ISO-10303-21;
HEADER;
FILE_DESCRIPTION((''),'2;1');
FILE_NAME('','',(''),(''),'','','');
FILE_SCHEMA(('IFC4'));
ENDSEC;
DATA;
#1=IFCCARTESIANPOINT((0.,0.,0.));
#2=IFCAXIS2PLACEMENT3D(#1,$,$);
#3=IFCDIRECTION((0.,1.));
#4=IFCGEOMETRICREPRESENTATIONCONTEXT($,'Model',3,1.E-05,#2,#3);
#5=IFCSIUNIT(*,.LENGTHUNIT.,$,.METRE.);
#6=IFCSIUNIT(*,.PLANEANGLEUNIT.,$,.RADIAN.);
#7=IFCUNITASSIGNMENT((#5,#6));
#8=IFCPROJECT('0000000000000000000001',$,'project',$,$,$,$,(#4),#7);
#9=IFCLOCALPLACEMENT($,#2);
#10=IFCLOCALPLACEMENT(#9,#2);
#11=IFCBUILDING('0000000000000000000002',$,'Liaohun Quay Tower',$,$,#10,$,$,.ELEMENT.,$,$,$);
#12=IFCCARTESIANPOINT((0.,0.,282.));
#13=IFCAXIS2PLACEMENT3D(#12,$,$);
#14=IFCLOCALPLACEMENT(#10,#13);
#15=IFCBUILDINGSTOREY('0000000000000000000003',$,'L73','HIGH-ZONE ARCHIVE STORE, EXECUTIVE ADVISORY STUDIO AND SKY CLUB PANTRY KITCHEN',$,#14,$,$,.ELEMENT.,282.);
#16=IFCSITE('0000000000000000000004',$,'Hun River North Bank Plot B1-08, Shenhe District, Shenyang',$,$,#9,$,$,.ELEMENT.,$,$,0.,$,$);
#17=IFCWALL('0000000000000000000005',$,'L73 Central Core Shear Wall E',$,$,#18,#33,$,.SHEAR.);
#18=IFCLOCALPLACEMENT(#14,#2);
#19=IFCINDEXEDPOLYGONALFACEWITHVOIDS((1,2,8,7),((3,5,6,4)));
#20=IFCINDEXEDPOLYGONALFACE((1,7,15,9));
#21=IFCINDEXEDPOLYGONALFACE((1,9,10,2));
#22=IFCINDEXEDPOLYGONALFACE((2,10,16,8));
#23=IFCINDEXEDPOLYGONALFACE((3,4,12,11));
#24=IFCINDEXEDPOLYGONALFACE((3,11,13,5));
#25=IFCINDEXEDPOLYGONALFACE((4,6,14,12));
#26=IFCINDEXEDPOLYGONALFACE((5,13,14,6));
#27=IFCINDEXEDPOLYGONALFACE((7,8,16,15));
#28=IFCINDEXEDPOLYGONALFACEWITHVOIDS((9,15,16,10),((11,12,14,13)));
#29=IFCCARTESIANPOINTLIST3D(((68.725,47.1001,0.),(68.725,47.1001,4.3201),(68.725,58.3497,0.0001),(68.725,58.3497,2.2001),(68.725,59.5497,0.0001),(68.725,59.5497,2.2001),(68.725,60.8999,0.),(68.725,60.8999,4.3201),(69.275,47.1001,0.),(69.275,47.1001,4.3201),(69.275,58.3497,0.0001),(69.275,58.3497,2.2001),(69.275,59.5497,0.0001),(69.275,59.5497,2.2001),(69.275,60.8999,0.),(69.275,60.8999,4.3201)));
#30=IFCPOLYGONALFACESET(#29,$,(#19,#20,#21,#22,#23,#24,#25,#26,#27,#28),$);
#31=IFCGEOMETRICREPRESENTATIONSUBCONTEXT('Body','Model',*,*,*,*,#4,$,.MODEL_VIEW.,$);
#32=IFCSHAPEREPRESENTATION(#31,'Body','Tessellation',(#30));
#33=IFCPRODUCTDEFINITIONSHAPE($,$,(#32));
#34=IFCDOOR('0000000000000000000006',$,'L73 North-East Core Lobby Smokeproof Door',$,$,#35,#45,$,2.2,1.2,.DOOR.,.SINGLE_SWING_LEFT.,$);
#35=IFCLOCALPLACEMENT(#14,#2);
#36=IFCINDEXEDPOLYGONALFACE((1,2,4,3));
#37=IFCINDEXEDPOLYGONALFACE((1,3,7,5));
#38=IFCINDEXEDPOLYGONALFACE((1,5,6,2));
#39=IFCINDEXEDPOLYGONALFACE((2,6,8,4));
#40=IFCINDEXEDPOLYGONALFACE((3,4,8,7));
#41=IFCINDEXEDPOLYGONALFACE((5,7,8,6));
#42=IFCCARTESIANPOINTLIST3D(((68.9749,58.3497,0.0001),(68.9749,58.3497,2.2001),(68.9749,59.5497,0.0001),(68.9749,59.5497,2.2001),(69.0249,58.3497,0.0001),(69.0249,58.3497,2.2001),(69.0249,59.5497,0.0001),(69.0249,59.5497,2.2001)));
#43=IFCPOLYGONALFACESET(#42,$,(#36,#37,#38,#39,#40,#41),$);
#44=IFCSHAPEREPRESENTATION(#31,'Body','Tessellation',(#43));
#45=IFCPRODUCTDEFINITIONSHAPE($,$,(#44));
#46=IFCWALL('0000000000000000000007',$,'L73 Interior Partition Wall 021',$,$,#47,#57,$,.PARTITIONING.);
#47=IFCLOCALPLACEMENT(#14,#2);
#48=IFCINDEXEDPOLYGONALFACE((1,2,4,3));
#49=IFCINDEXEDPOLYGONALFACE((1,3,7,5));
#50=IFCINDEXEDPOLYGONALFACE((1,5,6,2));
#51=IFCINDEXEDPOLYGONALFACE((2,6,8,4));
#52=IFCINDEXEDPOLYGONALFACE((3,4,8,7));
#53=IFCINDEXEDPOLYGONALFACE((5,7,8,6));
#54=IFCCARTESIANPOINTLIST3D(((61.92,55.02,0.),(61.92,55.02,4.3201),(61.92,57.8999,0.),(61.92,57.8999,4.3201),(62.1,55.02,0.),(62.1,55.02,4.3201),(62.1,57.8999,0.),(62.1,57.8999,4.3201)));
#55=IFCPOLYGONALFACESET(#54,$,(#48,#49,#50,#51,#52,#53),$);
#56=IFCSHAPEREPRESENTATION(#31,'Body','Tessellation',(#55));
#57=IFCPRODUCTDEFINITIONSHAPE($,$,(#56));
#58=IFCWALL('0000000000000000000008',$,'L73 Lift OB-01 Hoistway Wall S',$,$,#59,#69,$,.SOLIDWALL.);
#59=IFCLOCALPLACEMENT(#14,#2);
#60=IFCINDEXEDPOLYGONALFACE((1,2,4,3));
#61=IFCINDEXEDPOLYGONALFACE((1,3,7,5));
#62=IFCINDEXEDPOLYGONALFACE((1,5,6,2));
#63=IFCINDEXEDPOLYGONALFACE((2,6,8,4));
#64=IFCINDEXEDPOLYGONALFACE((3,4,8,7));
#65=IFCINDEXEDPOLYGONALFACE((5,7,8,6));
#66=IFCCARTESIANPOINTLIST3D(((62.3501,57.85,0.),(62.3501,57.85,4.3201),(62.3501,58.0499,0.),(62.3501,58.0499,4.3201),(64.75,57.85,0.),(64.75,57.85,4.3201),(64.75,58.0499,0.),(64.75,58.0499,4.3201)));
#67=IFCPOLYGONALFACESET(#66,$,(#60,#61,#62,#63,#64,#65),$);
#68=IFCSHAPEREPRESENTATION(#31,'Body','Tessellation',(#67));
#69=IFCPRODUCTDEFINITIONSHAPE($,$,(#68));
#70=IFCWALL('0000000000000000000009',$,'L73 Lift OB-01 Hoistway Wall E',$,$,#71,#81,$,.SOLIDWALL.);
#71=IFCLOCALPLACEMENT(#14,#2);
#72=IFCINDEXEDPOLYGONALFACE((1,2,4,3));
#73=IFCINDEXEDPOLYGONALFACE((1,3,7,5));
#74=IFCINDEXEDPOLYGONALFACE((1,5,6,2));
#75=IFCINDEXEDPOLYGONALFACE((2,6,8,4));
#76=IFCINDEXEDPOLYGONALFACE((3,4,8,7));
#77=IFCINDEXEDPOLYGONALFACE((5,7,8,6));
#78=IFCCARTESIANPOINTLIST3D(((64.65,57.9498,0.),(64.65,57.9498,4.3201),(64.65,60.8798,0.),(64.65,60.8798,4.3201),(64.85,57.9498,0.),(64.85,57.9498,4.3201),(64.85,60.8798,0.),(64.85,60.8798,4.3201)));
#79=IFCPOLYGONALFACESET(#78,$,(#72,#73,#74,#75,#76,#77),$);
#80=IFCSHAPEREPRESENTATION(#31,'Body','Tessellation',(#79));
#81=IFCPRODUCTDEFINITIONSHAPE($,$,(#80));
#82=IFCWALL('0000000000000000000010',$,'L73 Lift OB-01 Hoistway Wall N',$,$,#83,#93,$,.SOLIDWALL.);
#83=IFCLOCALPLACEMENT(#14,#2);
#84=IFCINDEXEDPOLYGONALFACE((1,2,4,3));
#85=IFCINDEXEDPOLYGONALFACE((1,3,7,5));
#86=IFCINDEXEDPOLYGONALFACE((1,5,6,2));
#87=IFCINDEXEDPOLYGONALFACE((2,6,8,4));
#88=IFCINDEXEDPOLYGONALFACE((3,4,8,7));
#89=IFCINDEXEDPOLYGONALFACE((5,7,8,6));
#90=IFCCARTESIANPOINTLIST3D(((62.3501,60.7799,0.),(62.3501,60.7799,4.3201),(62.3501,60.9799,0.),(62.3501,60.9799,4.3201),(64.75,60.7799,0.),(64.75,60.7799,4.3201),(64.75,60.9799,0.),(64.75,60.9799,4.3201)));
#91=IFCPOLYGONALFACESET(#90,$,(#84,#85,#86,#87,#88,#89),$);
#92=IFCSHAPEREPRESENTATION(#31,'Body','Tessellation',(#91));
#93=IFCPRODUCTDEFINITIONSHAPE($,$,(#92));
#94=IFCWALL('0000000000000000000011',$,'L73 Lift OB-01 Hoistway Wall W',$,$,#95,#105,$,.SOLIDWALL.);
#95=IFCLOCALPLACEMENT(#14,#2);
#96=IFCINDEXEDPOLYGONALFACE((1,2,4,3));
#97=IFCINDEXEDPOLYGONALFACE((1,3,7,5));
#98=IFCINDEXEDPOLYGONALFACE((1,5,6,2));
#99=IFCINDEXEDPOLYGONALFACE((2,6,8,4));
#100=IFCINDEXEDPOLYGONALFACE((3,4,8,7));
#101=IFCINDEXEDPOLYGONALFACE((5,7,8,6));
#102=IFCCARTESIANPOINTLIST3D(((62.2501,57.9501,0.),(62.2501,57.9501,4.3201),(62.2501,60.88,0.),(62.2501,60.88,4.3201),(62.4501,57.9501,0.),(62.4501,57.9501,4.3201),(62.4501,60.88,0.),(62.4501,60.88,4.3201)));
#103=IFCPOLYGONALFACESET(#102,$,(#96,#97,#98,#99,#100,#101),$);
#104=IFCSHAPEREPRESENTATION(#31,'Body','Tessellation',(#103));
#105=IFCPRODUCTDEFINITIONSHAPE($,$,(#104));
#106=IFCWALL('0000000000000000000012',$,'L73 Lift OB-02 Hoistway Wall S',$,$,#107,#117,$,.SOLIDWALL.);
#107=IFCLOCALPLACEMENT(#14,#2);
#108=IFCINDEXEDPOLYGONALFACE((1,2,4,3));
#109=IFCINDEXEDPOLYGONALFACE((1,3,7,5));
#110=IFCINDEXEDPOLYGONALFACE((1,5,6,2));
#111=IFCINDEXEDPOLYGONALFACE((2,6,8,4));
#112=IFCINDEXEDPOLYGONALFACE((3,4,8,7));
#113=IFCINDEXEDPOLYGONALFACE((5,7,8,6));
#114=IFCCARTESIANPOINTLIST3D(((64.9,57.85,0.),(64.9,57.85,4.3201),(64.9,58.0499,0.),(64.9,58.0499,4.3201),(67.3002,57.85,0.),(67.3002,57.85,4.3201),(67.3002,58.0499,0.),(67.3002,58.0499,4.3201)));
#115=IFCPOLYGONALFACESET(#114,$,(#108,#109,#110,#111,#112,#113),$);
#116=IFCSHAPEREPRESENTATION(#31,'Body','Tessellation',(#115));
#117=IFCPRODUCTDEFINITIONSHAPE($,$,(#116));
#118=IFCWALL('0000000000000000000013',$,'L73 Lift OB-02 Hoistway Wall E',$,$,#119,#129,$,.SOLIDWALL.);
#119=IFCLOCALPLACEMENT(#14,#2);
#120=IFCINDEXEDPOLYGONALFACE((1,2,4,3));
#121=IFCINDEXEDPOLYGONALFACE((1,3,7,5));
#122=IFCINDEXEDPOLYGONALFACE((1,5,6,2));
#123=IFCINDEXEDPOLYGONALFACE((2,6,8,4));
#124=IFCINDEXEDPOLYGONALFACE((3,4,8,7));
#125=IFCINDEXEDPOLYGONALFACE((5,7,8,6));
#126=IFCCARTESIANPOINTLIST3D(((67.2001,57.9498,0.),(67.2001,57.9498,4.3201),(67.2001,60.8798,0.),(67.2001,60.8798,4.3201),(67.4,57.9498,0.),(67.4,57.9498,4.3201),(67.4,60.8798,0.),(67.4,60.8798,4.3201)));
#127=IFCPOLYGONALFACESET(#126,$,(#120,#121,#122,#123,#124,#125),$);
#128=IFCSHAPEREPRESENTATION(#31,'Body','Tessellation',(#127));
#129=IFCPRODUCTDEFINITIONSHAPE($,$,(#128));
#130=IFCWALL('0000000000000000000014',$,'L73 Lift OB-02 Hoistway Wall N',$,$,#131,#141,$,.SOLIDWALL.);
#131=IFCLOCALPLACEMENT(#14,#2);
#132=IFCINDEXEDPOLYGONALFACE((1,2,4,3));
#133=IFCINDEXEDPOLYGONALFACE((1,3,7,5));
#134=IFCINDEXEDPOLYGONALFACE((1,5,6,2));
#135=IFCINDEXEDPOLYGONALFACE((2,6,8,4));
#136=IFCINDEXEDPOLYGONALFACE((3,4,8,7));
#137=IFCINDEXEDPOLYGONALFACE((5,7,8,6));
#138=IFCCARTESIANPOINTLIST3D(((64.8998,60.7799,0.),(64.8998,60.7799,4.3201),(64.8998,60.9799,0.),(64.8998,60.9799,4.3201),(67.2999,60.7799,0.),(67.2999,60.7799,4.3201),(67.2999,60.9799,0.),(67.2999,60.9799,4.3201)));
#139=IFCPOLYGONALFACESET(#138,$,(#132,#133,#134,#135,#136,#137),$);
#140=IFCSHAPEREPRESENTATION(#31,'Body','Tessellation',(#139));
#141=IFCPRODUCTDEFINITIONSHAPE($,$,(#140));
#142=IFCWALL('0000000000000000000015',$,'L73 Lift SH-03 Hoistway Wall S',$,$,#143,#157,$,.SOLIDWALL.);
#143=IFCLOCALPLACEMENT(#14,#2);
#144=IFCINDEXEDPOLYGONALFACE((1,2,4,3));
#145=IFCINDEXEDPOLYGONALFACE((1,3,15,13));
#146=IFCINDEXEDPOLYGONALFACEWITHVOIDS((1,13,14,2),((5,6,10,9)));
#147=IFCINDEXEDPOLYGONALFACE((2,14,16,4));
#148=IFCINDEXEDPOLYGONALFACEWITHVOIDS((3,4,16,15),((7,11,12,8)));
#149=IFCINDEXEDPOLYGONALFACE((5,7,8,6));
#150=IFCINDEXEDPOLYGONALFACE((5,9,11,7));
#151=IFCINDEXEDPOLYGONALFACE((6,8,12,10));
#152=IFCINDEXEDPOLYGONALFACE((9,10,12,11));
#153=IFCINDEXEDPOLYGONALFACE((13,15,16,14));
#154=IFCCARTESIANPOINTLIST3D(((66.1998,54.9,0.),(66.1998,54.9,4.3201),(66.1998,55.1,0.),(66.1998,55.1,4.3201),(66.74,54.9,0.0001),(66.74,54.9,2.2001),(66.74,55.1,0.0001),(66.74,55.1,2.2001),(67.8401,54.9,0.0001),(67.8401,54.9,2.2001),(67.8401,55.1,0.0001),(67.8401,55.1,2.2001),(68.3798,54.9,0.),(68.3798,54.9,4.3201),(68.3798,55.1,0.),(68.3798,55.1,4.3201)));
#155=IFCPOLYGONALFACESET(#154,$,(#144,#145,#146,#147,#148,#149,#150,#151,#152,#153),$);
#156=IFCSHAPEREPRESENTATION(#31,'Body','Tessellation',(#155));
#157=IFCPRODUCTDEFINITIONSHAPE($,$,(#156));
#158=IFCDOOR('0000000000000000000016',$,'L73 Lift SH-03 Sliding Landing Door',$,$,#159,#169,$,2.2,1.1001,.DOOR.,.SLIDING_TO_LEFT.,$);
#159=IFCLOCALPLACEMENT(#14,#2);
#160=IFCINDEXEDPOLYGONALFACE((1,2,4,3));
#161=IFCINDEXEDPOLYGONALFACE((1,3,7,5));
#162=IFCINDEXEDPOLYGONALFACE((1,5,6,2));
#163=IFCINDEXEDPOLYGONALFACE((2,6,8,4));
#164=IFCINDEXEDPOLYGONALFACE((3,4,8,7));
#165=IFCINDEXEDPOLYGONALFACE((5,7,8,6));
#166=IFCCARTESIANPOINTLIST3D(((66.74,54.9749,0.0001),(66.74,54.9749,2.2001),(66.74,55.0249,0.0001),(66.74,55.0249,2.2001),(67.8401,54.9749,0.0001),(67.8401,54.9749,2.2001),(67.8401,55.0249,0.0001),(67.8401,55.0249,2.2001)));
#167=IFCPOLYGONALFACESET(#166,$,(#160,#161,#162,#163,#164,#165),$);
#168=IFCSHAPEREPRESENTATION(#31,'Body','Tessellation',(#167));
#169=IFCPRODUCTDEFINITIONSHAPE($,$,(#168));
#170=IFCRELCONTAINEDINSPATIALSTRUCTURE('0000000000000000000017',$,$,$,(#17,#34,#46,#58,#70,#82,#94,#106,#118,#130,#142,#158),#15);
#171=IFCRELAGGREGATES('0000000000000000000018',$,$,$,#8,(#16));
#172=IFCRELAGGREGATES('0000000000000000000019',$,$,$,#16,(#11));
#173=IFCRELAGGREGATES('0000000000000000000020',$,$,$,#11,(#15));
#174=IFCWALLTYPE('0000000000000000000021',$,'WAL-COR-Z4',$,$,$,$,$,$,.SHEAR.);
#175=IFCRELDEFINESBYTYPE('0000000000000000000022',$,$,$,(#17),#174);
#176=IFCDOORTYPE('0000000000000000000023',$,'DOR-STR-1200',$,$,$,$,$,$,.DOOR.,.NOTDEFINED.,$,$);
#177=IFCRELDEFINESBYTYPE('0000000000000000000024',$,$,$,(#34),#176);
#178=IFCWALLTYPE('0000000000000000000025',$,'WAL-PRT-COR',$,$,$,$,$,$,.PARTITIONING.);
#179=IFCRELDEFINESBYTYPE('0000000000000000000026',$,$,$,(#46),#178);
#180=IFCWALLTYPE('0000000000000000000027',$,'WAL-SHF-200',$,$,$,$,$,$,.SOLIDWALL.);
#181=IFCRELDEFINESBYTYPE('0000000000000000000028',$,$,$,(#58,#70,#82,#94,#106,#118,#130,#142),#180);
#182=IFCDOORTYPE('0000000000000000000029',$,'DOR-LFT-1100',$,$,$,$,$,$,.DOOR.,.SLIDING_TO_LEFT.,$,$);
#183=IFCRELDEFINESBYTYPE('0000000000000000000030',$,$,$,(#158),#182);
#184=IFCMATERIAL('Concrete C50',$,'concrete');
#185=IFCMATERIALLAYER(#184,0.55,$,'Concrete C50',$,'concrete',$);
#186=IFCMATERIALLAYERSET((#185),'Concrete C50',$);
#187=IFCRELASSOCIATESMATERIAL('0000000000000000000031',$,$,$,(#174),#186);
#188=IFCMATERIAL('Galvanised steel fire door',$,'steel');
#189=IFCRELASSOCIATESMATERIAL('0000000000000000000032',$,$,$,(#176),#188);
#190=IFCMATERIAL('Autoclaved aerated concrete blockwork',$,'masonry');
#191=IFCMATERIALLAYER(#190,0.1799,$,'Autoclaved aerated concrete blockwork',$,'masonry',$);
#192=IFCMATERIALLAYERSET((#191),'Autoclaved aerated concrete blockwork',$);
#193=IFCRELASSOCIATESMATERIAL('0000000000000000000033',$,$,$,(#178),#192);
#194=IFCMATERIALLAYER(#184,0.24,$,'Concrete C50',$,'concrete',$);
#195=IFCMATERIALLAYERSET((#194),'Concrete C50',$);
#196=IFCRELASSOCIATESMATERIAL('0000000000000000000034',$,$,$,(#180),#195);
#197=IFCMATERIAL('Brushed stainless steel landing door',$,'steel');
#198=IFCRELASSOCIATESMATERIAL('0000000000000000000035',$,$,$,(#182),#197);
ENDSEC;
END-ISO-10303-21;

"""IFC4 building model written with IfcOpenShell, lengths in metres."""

from ifc_helpers import new_model, si_unit, direction, frame, frame_2d, origin, place, context, subcontext, project, spatial, rectangle, extrude, source, transform, mapped, material, layer, layer_set, type_object, element, fill, save


model = new_model("IFC4")

# Units and contexts
model_context = context("Model", 3, precision=1e-05, world=origin(), true_north=direction((0.0, 1.0)))
body_context = subcontext(model_context, "Body", "Model", "MODEL_VIEW")
ifc_project = project(units=[si_unit("LENGTHUNIT", "METRE"), si_unit("PLANEANGLEUNIT", "RADIAN")], contexts=[model_context])

# Site, building, storey
site_placement = place(None, origin())
site = spatial("IfcSite", under=ifc_project, at=site_placement, Name="Hun River North Bank Plot B1-08, Shenhe District, Shenyang", CompositionType="ELEMENT", RefElevation=0.0)
building_placement = place(site_placement, origin())
building = spatial("IfcBuilding", under=site, at=building_placement, Name="Liaohun Quay Tower", CompositionType="ELEMENT")
storey_placement = place(building_placement, frame((0.0, 0.0, 282.0)))
storey = spatial("IfcBuildingStorey", under=building, at=storey_placement, Name="L73", Description="HIGH-ZONE ARCHIVE STORE, EXECUTIVE ADVISORY STUDIO AND SKY CLUB PANTRY KITCHEN", CompositionType="ELEMENT", Elevation=282.0)

# Wall, opening, door
ifc_material_1 = material(Name="Concrete C50", Category="concrete")
ifc_layer_1 = layer(ifc_material_1, 0.55, Name="Concrete C50", Category="concrete")
ifc_layer_set_1 = layer_set([ifc_layer_1], Name="Concrete C50")
wall_type_1 = type_object("IfcWallType", Name="WAL-COR-Z4", PredefinedType="SHEAR", material=ifc_layer_set_1)
wall_1_placement = place(storey_placement, frame((69.0, 60.8999, 0.0), z_axis=(0.0, 0.0, 1.0), x_axis=(0.0, -1.0, 0.0)))
wall_1 = element("IfcWall", 1, at=wall_1_placement, inside=storey, type_object=wall_type_1, Name="L73 Central Core Shear Wall E", PredefinedType="SHEAR", context=body_context, shape_type="SweptSolid", body=[
    extrude(rectangle(XDim=13.7998, YDim=0.55, at=frame_2d((6.8999, 0.0))), origin(), (0.0, 0.0, 1.0), 4.3201),
])
shared_shape_1 = source(origin(), body_context, "Body", "SweptSolid", [
    extrude(rectangle(XDim=1.2, YDim=2.2, at=frame_2d((0.6001, 1.1001))), frame((0.0, 0.2849, 0.0), z_axis=(0.0, -1.0, 0.0), x_axis=(1.0, 0.0, 0.0)), (0.0, 0.0, 1.0), 0.5701),
])
opening_1_placement = place(wall_1_placement, frame((1.3501, 0.0, 0.0)))
opening_1 = element("IfcOpeningElement", 2, at=opening_1_placement, cuts=wall_1, PredefinedType="OPENING", context=body_context, shape_type="MappedRepresentation", body=[
    mapped(shared_shape_1, transform((0.0, 0.0, 0.0), x_axis=(1.0, 0.0, 0.0), y_axis=(0.0, 1.0, 0.0), z_axis=(0.0, 0.0, 1.0), scale=1.0)),
])
ifc_material_2 = material(Name="Galvanised steel fire door", Category="steel")
door_type_1 = type_object("IfcDoorType", Name="DOR-STR-1200", OperationType="NOTDEFINED", PredefinedType="DOOR", material=ifc_material_2)
shared_shape_2 = source(origin(), body_context, "Body", "SweptSolid", [
    extrude(rectangle(XDim=1.2, YDim=2.2, at=frame_2d((0.6001, 1.1001))), frame((0.0, 0.0249, 0.0), z_axis=(0.0, -1.0, 0.0), x_axis=(1.0, 0.0, 0.0)), (0.0, 0.0, 1.0), 0.05),
])
door_1_placement = place(opening_1_placement, origin())
door_1 = element("IfcDoor", 3, at=door_1_placement, inside=storey, type_object=door_type_1, Name="L73 North-East Core Lobby Smokeproof Door", OperationType="SINGLE_SWING_LEFT", OverallHeight=2.2, OverallWidth=1.2, PredefinedType="DOOR", context=body_context, shape_type="MappedRepresentation", body=[
    mapped(shared_shape_2, transform((0.0, 0.0, 0.0), x_axis=(1.0, 0.0, 0.0), y_axis=(0.0, 1.0, 0.0), z_axis=(0.0, 0.0, 1.0), scale=1.0)),
])
fill(opening_1, door_1)

# Walls
ifc_material_3 = material(Name="Autoclaved aerated concrete blockwork", Category="masonry")
ifc_layer_2 = layer(ifc_material_3, 0.1799, Name="Autoclaved aerated concrete blockwork", Category="masonry")
ifc_layer_set_2 = layer_set([ifc_layer_2], Name="Autoclaved aerated concrete blockwork")
wall_type_2 = type_object("IfcWallType", Name="WAL-PRT-COR", PredefinedType="PARTITIONING", material=ifc_layer_set_2)
wall_2_placement = place(storey_placement, frame((62.01, 55.02, 0.0), z_axis=(0.0, 0.0, 1.0), x_axis=(0.0, 1.0, 0.0)))
element("IfcWall", 4, at=wall_2_placement, inside=storey, type_object=wall_type_2, Name="L73 Interior Partition Wall 021", PredefinedType="PARTITIONING", context=body_context, shape_type="SweptSolid", body=[
    extrude(rectangle(XDim=2.8799, YDim=0.1799, at=frame_2d((1.4399, 0.0))), origin(), (0.0, 0.0, 1.0), 4.3201),
])
ifc_layer_3 = layer(ifc_material_1, 0.24, Name="Concrete C50", Category="concrete")
ifc_layer_set_3 = layer_set([ifc_layer_3], Name="Concrete C50")
wall_type_3 = type_object("IfcWallType", Name="WAL-SHF-200", PredefinedType="SOLIDWALL", material=ifc_layer_set_3)
wall_3_placement = place(storey_placement, frame((62.3501, 57.95, 0.0), z_axis=(0.0, 0.0, 1.0), x_axis=(1.0, 0.0, 0.0)))
element("IfcWall", 5, at=wall_3_placement, inside=storey, type_object=wall_type_3, Name="L73 Lift OB-01 Hoistway Wall S", PredefinedType="SOLIDWALL", context=body_context, shape_type="SweptSolid", body=[
    extrude(rectangle(XDim=2.3999, YDim=0.2, at=frame_2d((1.2, 0.0))), origin(), (0.0, 0.0, 1.0), 4.3201),
])
wall_4_placement = place(storey_placement, frame((64.75, 57.95, 0.0), z_axis=(0.0, 0.0, 1.0), x_axis=(0.0, 1.0, 0.0)))
element("IfcWall", 6, at=wall_4_placement, inside=storey, type_object=wall_type_3, Name="L73 Lift OB-01 Hoistway Wall E", PredefinedType="SOLIDWALL", context=body_context, shape_type="SweptSolid", body=[
    extrude(rectangle(XDim=2.9299, YDim=0.2, at=frame_2d((1.4648, 0.0))), origin(), (0.0, 0.0, 1.0), 4.3201),
])
wall_5_placement = place(storey_placement, frame((64.75, 60.8799, 0.0), z_axis=(0.0, 0.0, 1.0), x_axis=(-1.0, 0.0, 0.0)))
element("IfcWall", 7, at=wall_5_placement, inside=storey, type_object=wall_type_3, Name="L73 Lift OB-01 Hoistway Wall N", PredefinedType="SOLIDWALL", context=body_context, shape_type="SweptSolid", body=[
    extrude(rectangle(XDim=2.3999, YDim=0.2, at=frame_2d((1.2, 0.0))), origin(), (0.0, 0.0, 1.0), 4.3201),
])
wall_6_placement = place(storey_placement, frame((62.3501, 60.8799, 0.0), z_axis=(0.0, 0.0, 1.0), x_axis=(0.0, -1.0, 0.0)))
element("IfcWall", 8, at=wall_6_placement, inside=storey, type_object=wall_type_3, Name="L73 Lift OB-01 Hoistway Wall W", PredefinedType="SOLIDWALL", context=body_context, shape_type="SweptSolid", body=[
    extrude(rectangle(XDim=2.9299, YDim=0.2, at=frame_2d((1.4648, 0.0))), origin(), (0.0, 0.0, 1.0), 4.3201),
])
wall_7_placement = place(storey_placement, frame((64.8999, 57.95, 0.0), z_axis=(0.0, 0.0, 1.0), x_axis=(1.0, 0.0, 0.0)))
element("IfcWall", 9, at=wall_7_placement, inside=storey, type_object=wall_type_3, Name="L73 Lift OB-02 Hoistway Wall S", PredefinedType="SOLIDWALL", context=body_context, shape_type="SweptSolid", body=[
    extrude(rectangle(XDim=2.4001, YDim=0.2, at=frame_2d((1.2002, 0.0))), origin(), (0.0, 0.0, 1.0), 4.3201),
])
wall_8_placement = place(storey_placement, frame((67.3, 57.95, 0.0), z_axis=(0.0, 0.0, 1.0), x_axis=(0.0, 1.0, 0.0)))
element("IfcWall", 10, at=wall_8_placement, inside=storey, type_object=wall_type_3, Name="L73 Lift OB-02 Hoistway Wall E", PredefinedType="SOLIDWALL", context=body_context, shape_type="SweptSolid", body=[
    extrude(rectangle(XDim=2.9299, YDim=0.2, at=frame_2d((1.4648, 0.0))), origin(), (0.0, 0.0, 1.0), 4.3201),
])
wall_9_placement = place(storey_placement, frame((67.3, 60.8799, 0.0), z_axis=(0.0, 0.0, 1.0), x_axis=(-1.0, 0.0, 0.0)))
element("IfcWall", 11, at=wall_9_placement, inside=storey, type_object=wall_type_3, Name="L73 Lift OB-02 Hoistway Wall N", PredefinedType="SOLIDWALL", context=body_context, shape_type="SweptSolid", body=[
    extrude(rectangle(XDim=2.4001, YDim=0.2, at=frame_2d((1.2002, 0.0))), origin(), (0.0, 0.0, 1.0), 4.3201),
])

# Wall, opening, door
wall_10_placement = place(storey_placement, frame((66.2, 55.0, 0.0), z_axis=(0.0, 0.0, 1.0), x_axis=(1.0, 0.0, 0.0)))
wall_10 = element("IfcWall", 12, at=wall_10_placement, inside=storey, type_object=wall_type_3, Name="L73 Lift SH-03 Hoistway Wall S", PredefinedType="SOLIDWALL", context=body_context, shape_type="SweptSolid", body=[
    extrude(rectangle(XDim=2.1799, YDim=0.2, at=frame_2d((1.0898, 0.0))), origin(), (0.0, 0.0, 1.0), 4.3201),
])
shared_shape_3 = source(origin(), body_context, "Body", "SweptSolid", [
    extrude(rectangle(XDim=1.1001, YDim=2.2, at=frame_2d((0.55, 1.1001))), frame((0.0, 0.1099, 0.0), z_axis=(0.0, -1.0, 0.0), x_axis=(1.0, 0.0, 0.0)), (0.0, 0.0, 1.0), 0.22),
])
opening_2_placement = place(wall_10_placement, frame((0.54, 0.0, 0.0)))
opening_2 = element("IfcOpeningElement", 13, at=opening_2_placement, cuts=wall_10, PredefinedType="OPENING", context=body_context, shape_type="MappedRepresentation", body=[
    mapped(shared_shape_3, transform((0.0, 0.0, 0.0), x_axis=(1.0, 0.0, 0.0), y_axis=(0.0, 1.0, 0.0), z_axis=(0.0, 0.0, 1.0), scale=1.0)),
])
ifc_material_4 = material(Name="Brushed stainless steel landing door", Category="steel")
door_type_2 = type_object("IfcDoorType", Name="DOR-LFT-1100", OperationType="SLIDING_TO_LEFT", PredefinedType="DOOR", material=ifc_material_4)
shared_shape_4 = source(origin(), body_context, "Body", "SweptSolid", [
    extrude(rectangle(XDim=1.1001, YDim=2.2, at=frame_2d((0.55, 1.1001))), frame((0.0, 0.0249, 0.0), z_axis=(0.0, -1.0, 0.0), x_axis=(1.0, 0.0, 0.0)), (0.0, 0.0, 1.0), 0.05),
])
door_2_placement = place(opening_2_placement, origin())
door_2 = element("IfcDoor", 14, at=door_2_placement, inside=storey, type_object=door_type_2, Name="L73 Lift SH-03 Sliding Landing Door", OperationType="SLIDING_TO_LEFT", OverallHeight=2.2, OverallWidth=1.1001, PredefinedType="DOOR", context=body_context, shape_type="MappedRepresentation", body=[
    mapped(shared_shape_4, transform((0.0, 0.0, 0.0), x_axis=(1.0, 0.0, 0.0), y_axis=(0.0, 1.0, 0.0), z_axis=(0.0, 0.0, 1.0), scale=1.0)),
])
fill(opening_2, door_2)

save(model, "model.ifc")
